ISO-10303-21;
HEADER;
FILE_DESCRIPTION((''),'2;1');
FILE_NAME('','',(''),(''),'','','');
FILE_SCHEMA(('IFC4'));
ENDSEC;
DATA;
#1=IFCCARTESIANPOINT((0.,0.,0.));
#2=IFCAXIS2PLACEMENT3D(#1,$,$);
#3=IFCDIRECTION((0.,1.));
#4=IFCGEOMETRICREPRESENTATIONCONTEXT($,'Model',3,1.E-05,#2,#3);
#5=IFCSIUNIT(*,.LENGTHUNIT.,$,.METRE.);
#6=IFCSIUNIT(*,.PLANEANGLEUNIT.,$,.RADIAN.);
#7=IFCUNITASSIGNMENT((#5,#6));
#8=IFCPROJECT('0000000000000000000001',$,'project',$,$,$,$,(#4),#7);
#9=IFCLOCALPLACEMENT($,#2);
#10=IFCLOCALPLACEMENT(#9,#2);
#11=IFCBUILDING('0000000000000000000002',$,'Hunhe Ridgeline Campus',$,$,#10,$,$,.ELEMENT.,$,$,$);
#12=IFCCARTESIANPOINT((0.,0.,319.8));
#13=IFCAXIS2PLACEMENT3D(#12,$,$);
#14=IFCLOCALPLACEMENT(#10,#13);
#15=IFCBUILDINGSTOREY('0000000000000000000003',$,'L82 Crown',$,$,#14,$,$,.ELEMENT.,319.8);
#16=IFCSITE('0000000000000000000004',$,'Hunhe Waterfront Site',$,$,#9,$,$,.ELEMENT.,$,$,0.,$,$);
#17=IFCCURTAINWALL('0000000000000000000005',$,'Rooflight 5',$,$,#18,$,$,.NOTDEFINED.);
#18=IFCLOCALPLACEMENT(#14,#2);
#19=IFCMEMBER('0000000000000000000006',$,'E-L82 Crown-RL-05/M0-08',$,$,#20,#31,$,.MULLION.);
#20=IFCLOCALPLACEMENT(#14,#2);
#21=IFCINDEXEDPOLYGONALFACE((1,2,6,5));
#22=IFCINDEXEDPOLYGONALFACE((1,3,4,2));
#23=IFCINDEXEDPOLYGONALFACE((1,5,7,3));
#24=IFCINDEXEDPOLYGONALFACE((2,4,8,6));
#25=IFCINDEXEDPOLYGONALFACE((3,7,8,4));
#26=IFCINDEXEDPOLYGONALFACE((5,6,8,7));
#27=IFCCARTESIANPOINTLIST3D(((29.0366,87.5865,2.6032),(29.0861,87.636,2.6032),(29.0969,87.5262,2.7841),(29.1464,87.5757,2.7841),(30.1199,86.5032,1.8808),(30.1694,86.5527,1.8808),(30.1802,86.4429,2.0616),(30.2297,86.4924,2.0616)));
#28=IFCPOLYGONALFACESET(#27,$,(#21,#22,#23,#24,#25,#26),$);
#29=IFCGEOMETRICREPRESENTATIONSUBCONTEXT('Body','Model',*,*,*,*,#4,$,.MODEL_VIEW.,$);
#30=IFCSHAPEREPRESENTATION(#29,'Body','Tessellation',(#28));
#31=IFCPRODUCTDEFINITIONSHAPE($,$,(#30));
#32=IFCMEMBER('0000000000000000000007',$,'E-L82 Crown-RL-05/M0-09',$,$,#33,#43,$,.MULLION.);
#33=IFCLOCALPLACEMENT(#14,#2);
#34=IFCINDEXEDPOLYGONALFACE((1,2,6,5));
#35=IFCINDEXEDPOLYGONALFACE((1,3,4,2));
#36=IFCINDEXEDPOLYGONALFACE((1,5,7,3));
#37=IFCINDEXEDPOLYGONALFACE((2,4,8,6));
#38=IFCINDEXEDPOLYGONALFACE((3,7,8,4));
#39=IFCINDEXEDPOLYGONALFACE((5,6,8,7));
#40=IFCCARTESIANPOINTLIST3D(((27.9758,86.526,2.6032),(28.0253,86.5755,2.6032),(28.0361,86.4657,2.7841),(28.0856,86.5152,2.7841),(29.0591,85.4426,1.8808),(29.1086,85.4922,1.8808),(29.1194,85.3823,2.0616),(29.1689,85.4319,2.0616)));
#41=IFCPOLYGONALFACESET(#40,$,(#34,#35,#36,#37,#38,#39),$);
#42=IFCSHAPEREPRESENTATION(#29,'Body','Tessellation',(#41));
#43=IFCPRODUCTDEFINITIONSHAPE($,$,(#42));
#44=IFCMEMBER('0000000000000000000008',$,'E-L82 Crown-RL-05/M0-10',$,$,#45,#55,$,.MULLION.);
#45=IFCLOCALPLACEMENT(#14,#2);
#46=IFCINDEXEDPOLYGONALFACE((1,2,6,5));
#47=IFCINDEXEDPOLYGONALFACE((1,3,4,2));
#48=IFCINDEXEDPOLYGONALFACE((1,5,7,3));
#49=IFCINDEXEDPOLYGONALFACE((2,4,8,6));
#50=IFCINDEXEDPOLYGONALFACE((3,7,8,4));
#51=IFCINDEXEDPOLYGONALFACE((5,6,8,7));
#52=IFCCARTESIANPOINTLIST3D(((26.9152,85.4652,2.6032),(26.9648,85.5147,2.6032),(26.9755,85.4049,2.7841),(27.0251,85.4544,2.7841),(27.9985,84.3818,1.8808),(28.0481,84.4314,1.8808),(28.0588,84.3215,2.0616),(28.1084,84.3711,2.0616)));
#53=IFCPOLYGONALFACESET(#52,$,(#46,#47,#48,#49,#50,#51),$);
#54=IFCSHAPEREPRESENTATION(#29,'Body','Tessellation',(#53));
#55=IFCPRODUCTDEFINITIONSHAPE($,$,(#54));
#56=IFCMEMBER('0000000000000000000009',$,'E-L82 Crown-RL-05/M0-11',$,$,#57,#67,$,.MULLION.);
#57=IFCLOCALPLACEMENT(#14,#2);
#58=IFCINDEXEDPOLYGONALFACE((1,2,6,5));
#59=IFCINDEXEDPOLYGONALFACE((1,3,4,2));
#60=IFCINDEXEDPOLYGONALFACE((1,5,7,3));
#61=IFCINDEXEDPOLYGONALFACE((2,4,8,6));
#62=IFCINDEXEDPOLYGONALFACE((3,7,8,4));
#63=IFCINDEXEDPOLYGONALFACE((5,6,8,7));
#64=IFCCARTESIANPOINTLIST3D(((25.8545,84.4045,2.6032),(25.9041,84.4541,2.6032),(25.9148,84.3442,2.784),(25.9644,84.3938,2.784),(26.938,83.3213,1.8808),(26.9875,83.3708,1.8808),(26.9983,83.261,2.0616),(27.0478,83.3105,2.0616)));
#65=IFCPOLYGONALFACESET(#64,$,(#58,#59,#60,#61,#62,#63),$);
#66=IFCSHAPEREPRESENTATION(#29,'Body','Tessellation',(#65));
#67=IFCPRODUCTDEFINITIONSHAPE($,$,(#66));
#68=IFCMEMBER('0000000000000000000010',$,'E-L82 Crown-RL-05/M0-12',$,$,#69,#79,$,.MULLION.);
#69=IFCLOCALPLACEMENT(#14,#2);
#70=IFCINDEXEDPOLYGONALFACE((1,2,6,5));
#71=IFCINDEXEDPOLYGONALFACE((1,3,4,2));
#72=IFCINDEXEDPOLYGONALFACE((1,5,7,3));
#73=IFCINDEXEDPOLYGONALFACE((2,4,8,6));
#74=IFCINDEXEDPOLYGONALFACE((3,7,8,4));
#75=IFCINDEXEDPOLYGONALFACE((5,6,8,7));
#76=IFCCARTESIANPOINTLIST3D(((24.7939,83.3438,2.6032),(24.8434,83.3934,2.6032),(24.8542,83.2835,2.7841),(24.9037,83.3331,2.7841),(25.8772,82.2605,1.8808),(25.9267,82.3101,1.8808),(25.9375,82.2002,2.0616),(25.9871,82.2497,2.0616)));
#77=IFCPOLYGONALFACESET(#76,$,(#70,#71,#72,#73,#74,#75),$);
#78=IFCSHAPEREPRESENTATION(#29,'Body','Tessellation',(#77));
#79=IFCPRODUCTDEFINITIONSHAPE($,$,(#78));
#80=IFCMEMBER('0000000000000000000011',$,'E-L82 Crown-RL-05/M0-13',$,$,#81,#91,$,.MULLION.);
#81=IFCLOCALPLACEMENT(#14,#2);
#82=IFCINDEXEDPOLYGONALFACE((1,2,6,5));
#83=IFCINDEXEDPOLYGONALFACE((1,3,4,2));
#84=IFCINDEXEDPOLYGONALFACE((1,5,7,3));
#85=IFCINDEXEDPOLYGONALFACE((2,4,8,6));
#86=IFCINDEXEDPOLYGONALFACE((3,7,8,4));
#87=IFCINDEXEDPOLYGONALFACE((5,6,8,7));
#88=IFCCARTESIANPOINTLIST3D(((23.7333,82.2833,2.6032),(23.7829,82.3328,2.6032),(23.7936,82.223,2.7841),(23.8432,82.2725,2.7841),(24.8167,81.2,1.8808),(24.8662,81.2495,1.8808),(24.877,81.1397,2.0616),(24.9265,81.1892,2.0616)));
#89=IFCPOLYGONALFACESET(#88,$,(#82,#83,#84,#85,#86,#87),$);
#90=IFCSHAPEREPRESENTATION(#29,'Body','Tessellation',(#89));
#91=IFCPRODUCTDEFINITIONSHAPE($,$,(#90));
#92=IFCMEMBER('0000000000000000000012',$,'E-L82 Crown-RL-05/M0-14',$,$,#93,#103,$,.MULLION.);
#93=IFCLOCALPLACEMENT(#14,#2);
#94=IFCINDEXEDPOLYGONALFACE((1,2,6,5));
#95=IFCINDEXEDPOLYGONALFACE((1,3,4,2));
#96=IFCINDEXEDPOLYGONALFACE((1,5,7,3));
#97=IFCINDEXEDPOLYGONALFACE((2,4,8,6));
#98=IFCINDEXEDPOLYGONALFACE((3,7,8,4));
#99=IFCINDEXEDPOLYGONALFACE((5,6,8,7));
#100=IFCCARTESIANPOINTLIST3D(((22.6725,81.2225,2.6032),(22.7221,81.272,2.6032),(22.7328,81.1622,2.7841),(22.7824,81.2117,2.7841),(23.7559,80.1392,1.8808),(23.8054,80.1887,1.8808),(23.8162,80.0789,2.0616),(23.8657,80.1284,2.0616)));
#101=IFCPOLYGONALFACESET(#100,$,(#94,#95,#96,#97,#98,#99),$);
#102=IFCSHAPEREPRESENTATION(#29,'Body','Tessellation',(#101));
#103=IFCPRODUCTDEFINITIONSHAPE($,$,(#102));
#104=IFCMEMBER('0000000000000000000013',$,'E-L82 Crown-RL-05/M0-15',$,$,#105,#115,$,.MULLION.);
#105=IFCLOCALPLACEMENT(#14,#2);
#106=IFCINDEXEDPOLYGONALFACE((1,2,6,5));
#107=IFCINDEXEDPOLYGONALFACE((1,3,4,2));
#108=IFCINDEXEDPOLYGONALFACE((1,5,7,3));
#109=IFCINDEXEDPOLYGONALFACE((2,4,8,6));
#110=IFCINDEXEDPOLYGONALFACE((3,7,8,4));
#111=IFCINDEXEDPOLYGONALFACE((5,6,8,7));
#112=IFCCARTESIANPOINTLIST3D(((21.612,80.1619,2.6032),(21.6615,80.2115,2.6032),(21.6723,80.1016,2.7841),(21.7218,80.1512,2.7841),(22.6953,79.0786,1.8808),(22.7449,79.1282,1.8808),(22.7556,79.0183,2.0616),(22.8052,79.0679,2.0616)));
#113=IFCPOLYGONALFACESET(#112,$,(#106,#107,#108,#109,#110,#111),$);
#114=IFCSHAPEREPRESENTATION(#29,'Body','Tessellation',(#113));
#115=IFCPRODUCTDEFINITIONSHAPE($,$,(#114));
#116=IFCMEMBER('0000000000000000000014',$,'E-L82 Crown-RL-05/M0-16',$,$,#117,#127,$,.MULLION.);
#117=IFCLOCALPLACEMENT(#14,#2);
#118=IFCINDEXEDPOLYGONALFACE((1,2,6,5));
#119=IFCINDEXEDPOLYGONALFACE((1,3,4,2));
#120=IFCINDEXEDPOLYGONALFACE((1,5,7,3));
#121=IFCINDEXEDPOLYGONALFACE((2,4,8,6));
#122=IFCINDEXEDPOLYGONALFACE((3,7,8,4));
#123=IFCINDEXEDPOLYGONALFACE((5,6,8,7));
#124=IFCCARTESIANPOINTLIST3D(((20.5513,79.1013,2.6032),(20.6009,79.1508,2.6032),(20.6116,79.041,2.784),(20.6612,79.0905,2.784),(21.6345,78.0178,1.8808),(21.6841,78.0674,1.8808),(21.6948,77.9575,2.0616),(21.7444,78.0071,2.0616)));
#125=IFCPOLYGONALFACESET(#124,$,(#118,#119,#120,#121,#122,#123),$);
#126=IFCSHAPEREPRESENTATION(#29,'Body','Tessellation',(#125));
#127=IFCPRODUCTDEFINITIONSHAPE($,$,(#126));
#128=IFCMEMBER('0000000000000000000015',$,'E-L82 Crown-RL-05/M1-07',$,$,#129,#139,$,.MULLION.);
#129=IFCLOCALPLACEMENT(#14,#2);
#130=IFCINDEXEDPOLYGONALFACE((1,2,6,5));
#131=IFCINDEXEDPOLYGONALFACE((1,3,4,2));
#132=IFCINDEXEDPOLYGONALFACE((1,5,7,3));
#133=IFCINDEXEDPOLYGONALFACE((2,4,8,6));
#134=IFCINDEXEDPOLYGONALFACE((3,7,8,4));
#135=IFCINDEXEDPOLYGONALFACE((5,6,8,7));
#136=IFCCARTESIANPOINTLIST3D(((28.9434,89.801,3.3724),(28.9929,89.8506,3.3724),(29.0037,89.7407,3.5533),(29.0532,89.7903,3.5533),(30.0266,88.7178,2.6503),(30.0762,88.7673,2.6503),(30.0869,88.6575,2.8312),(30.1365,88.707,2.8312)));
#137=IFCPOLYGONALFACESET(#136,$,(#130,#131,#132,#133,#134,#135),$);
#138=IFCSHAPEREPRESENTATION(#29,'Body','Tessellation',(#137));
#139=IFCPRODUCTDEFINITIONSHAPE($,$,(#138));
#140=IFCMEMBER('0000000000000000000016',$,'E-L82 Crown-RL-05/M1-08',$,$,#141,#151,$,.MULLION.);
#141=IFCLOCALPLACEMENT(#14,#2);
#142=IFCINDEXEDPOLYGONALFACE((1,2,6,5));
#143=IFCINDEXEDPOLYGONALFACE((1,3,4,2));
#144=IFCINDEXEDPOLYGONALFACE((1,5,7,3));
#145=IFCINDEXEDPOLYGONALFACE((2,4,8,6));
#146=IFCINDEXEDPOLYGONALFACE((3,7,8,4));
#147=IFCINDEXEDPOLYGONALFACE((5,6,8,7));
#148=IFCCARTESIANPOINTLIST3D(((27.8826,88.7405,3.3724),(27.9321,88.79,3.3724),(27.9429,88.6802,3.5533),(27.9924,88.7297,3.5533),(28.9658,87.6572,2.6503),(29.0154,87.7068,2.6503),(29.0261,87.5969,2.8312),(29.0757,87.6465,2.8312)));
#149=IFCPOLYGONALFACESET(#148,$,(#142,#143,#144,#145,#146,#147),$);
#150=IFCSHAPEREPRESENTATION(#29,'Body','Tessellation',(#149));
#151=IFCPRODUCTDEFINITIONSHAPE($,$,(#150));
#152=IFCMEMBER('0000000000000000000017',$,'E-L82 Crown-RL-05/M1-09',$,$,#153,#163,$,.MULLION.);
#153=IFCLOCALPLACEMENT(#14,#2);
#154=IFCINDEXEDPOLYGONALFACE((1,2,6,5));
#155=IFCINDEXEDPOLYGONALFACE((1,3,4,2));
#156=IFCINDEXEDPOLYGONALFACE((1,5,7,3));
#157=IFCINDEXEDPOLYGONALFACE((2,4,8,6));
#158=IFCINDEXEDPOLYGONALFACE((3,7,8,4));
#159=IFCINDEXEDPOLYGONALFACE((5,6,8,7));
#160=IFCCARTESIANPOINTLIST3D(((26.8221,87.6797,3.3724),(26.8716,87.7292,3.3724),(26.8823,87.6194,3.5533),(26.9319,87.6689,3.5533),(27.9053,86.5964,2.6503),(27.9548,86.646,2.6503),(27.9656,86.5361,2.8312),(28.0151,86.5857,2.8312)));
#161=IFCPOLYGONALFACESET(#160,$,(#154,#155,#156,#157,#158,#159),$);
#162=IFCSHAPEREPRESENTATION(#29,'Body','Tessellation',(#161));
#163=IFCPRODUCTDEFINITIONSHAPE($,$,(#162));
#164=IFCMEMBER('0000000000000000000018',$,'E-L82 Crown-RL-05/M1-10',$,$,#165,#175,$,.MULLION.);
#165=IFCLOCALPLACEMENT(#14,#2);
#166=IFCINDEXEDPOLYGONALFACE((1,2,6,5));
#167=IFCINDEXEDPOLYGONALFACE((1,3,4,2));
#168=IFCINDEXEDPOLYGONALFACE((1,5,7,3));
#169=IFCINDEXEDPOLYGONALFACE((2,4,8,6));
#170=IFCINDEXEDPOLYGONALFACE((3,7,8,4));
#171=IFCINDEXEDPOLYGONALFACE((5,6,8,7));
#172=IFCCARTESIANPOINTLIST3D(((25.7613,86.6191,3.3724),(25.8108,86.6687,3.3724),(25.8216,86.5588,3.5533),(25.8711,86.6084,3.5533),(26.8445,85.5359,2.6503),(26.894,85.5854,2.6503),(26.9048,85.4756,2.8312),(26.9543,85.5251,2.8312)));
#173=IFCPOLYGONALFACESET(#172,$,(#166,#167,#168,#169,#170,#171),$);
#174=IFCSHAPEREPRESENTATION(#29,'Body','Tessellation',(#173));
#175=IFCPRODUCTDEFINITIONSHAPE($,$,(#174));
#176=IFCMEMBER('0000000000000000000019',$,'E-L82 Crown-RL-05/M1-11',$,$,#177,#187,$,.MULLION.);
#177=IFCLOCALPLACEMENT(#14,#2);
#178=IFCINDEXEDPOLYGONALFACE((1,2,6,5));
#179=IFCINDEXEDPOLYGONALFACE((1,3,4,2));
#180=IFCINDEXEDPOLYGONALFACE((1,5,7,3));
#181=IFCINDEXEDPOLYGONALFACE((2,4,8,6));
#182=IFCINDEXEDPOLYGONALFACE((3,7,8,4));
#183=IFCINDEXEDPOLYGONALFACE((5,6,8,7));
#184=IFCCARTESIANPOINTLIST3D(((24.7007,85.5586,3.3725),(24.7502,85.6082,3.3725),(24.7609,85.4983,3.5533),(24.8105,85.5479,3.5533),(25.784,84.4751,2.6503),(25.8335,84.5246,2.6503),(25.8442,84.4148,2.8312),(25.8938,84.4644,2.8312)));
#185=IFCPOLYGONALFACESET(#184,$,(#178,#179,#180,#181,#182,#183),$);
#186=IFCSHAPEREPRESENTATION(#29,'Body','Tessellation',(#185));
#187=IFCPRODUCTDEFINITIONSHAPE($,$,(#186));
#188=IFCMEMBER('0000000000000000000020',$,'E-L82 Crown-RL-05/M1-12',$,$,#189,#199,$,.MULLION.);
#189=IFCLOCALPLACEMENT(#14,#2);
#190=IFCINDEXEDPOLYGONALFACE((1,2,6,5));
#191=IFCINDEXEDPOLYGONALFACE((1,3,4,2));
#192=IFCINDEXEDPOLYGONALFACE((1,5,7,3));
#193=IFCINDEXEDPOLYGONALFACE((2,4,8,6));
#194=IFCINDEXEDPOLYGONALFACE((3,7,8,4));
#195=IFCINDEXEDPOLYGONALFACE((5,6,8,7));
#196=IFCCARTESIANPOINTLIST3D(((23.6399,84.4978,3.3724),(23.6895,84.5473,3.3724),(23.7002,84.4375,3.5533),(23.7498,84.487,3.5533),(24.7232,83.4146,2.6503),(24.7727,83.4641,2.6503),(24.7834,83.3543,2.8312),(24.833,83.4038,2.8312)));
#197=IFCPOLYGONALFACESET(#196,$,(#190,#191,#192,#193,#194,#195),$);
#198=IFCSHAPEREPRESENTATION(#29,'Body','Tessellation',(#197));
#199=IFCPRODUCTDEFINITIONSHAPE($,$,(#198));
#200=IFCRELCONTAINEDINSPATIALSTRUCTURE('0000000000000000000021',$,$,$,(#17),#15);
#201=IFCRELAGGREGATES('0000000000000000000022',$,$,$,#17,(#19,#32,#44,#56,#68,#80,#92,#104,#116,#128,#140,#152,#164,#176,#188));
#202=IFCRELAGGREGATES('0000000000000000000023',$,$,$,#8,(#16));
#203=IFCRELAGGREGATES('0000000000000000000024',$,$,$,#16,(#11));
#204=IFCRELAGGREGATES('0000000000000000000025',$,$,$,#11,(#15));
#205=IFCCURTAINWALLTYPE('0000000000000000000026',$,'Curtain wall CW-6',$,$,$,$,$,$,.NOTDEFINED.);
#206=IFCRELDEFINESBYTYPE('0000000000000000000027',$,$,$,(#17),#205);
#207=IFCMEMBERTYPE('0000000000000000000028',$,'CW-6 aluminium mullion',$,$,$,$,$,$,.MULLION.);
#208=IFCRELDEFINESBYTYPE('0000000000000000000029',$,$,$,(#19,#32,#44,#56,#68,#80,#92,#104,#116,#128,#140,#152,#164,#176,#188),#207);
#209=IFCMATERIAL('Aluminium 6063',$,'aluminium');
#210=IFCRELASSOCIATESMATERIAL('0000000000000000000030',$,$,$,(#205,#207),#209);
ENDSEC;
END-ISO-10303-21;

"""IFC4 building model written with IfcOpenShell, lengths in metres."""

from ifc_helpers import new_model, si_unit, direction, frame, origin, origin_2d, place, context, subcontext, project, spatial, rectangle, extrude, material, material_profile, profile_set, type_object, element, aggregate, save


model = new_model("IFC4")

# Units and contexts
model_context = context("Model", 3, precision=1e-05, world=origin(), true_north=direction((0.0, 1.0)))
body_context = subcontext(model_context, "Body", "Model", "MODEL_VIEW")
ifc_project = project(units=[si_unit("LENGTHUNIT", "METRE"), si_unit("PLANEANGLEUNIT", "RADIAN")], contexts=[model_context])

# Site, building, storey
site_placement = place(None, origin())
site = spatial("IfcSite", under=ifc_project, at=site_placement, Name="Hunhe Waterfront Site", CompositionType="ELEMENT", RefElevation=0.0)
building_placement = place(site_placement, origin())
building = spatial("IfcBuilding", under=site, at=building_placement, Name="Hunhe Ridgeline Campus", CompositionType="ELEMENT")
storey_placement = place(building_placement, frame((0.0, 0.0, 319.8)))
storey = spatial("IfcBuildingStorey", under=building, at=storey_placement, Name="L82 Crown", CompositionType="ELEMENT", Elevation=319.8)

# Curtain wall, members
ifc_material_1 = material(Name="Aluminium 6063", Category="aluminium")
curtain_wall_type = type_object("IfcCurtainWallType", Name="Curtain wall CW-6", PredefinedType="NOTDEFINED", material=ifc_material_1)
curtain_wall_placement = place(storey_placement, origin())
curtain_wall = element("IfcCurtainWall", 1, at=curtain_wall_placement, inside=storey, type_object=curtain_wall_type, Name="Rooflight 5", PredefinedType="NOTDEFINED")
ifc_material_profile = material_profile(ifc_material_1, rectangle(XDim=0.0701, YDim=0.2, at=origin_2d()))
ifc_profile_set = profile_set([ifc_material_profile], Name="Aluminium 6063")
member_type = type_object("IfcMemberType", Name="CW-6 aluminium mullion", PredefinedType="MULLION", material=ifc_profile_set)
member_1_placement = place(storey_placement, frame((30.1748, 86.4978, 1.9712), z_axis=(-0.639563, 0.639563, 0.426519), x_axis=(-0.707107, -0.707107, 0.0)))
member_1 = element("IfcMember", 2, at=member_1_placement, type_object=member_type, Name="E-L82 Crown-RL-05/M0-08", PredefinedType="MULLION", context=body_context, shape_type="SweptSolid", body=[
    extrude(rectangle(XDim=0.0701, YDim=0.2, at=origin_2d()), origin(), (0.0, 0.0, 1.0), 1.6938),
])
member_2_placement = place(storey_placement, frame((29.114, 85.4373, 1.9712), z_axis=(-0.639563, 0.639563, 0.426519), x_axis=(-0.707107, -0.707107, 0.0)))
member_2 = element("IfcMember", 3, at=member_2_placement, type_object=member_type, Name="E-L82 Crown-RL-05/M0-09", PredefinedType="MULLION", context=body_context, shape_type="SweptSolid", body=[
    extrude(rectangle(XDim=0.0701, YDim=0.2, at=origin_2d()), origin(), (0.0, 0.0, 1.0), 1.6938),
])
member_3_placement = place(storey_placement, frame((28.0535, 84.3765, 1.9712), z_axis=(-0.639563, 0.639563, 0.426519), x_axis=(-0.707107, -0.707107, 0.0)))
member_3 = element("IfcMember", 4, at=member_3_placement, type_object=member_type, Name="E-L82 Crown-RL-05/M0-10", PredefinedType="MULLION", context=body_context, shape_type="SweptSolid", body=[
    extrude(rectangle(XDim=0.0701, YDim=0.2, at=origin_2d()), origin(), (0.0, 0.0, 1.0), 1.6938),
])
member_4_placement = place(storey_placement, frame((26.9929, 83.3159, 1.9712), z_axis=(-0.639648, 0.639504, 0.42648), x_axis=(-0.707027, -0.707186, 0.0)))
member_4 = element("IfcMember", 5, at=member_4_placement, type_object=member_type, Name="E-L82 Crown-RL-05/M0-11", PredefinedType="MULLION", context=body_context, shape_type="SweptSolid", body=[
    extrude(rectangle(XDim=0.0701, YDim=0.2, at=origin_2d()), origin(), (0.0, 0.0, 1.0), 1.6938),
])
member_5_placement = place(storey_placement, frame((25.9321, 82.2551, 1.9712), z_axis=(-0.639563, 0.639563, 0.426519), x_axis=(-0.707107, -0.707107, 0.0)))
member_5 = element("IfcMember", 6, at=member_5_placement, type_object=member_type, Name="E-L82 Crown-RL-05/M0-12", PredefinedType="MULLION", context=body_context, shape_type="SweptSolid", body=[
    extrude(rectangle(XDim=0.0701, YDim=0.2, at=origin_2d()), origin(), (0.0, 0.0, 1.0), 1.6938),
])
member_6_placement = place(storey_placement, frame((24.8716, 81.1946, 1.9712), z_axis=(-0.639563, 0.639563, 0.426519), x_axis=(-0.707107, -0.707107, 0.0)))
member_6 = element("IfcMember", 7, at=member_6_placement, type_object=member_type, Name="E-L82 Crown-RL-05/M0-13", PredefinedType="MULLION", context=body_context, shape_type="SweptSolid", body=[
    extrude(rectangle(XDim=0.0701, YDim=0.2, at=origin_2d()), origin(), (0.0, 0.0, 1.0), 1.6938),
])
member_7_placement = place(storey_placement, frame((23.8108, 80.1338, 1.9712), z_axis=(-0.639563, 0.639563, 0.426519), x_axis=(-0.707107, -0.707107, 0.0)))
member_7 = element("IfcMember", 8, at=member_7_placement, type_object=member_type, Name="E-L82 Crown-RL-05/M0-14", PredefinedType="MULLION", context=body_context, shape_type="SweptSolid", body=[
    extrude(rectangle(XDim=0.0701, YDim=0.2, at=origin_2d()), origin(), (0.0, 0.0, 1.0), 1.6938),
])
member_8_placement = place(storey_placement, frame((22.7502, 79.0732, 1.9712), z_axis=(-0.639563, 0.639563, 0.426519), x_axis=(-0.707107, -0.707107, 0.0)))
member_8 = element("IfcMember", 9, at=member_8_placement, type_object=member_type, Name="E-L82 Crown-RL-05/M0-15", PredefinedType="MULLION", context=body_context, shape_type="SweptSolid", body=[
    extrude(rectangle(XDim=0.0701, YDim=0.2, at=origin_2d()), origin(), (0.0, 0.0, 1.0), 1.6938),
])
member_9_placement = place(storey_placement, frame((21.6895, 78.0125, 1.9712), z_axis=(-0.639504, 0.639648, 0.42648), x_axis=(-0.707186, -0.707027, 0.0)))
member_9 = element("IfcMember", 10, at=member_9_placement, type_object=member_type, Name="E-L82 Crown-RL-05/M0-16", PredefinedType="MULLION", context=body_context, shape_type="SweptSolid", body=[
    extrude(rectangle(XDim=0.0701, YDim=0.2, at=origin_2d()), origin(), (0.0, 0.0, 1.0), 1.6938),
])
member_10_placement = place(storey_placement, frame((30.0815, 88.7124, 2.7407), z_axis=(-0.639602, 0.639602, 0.426401), x_axis=(-0.707107, -0.707107, 0.0)))
member_10 = element("IfcMember", 11, at=member_10_placement, type_object=member_type, Name="E-L82 Crown-RL-05/M1-07", PredefinedType="MULLION", context=body_context, shape_type="SweptSolid", body=[
    extrude(rectangle(XDim=0.0701, YDim=0.2, at=origin_2d()), origin(), (0.0, 0.0, 1.0), 1.6936),
])
member_11_placement = place(storey_placement, frame((29.0208, 87.6519, 2.7407), z_axis=(-0.639602, 0.639602, 0.426401), x_axis=(-0.707107, -0.707107, 0.0)))
member_11 = element("IfcMember", 12, at=member_11_placement, type_object=member_type, Name="E-L82 Crown-RL-05/M1-08", PredefinedType="MULLION", context=body_context, shape_type="SweptSolid", body=[
    extrude(rectangle(XDim=0.0701, YDim=0.2, at=origin_2d()), origin(), (0.0, 0.0, 1.0), 1.6936),
])
member_12_placement = place(storey_placement, frame((27.9602, 86.5911, 2.7407), z_axis=(-0.639602, 0.639602, 0.426401), x_axis=(-0.707107, -0.707107, 0.0)))
member_12 = element("IfcMember", 13, at=member_12_placement, type_object=member_type, Name="E-L82 Crown-RL-05/M1-09", PredefinedType="MULLION", context=body_context, shape_type="SweptSolid", body=[
    extrude(rectangle(XDim=0.0701, YDim=0.2, at=origin_2d()), origin(), (0.0, 0.0, 1.0), 1.6936),
])
member_13_placement = place(storey_placement, frame((26.8994, 85.5305, 2.7407), z_axis=(-0.639602, 0.639602, 0.426401), x_axis=(-0.707107, -0.707107, 0.0)))
member_13 = element("IfcMember", 14, at=member_13_placement, type_object=member_type, Name="E-L82 Crown-RL-05/M1-10", PredefinedType="MULLION", context=body_context, shape_type="SweptSolid", body=[
    extrude(rectangle(XDim=0.0701, YDim=0.2, at=origin_2d()), origin(), (0.0, 0.0, 1.0), 1.6936),
])
member_14_placement = place(storey_placement, frame((25.8389, 84.4697, 2.7407), z_axis=(-0.639543, 0.639687, 0.426362), x_axis=(-0.707186, -0.707027, 0.0)))
member_14 = element("IfcMember", 15, at=member_14_placement, type_object=member_type, Name="E-L82 Crown-RL-05/M1-11", PredefinedType="MULLION", context=body_context, shape_type="SweptSolid", body=[
    extrude(rectangle(XDim=0.0701, YDim=0.2, at=origin_2d()), origin(), (0.0, 0.0, 1.0), 1.6938),
])
member_15_placement = place(storey_placement, frame((24.7781, 83.4092, 2.7407), z_axis=(-0.639602, 0.639602, 0.426401), x_axis=(-0.707107, -0.707107, 0.0)))
member_15 = element("IfcMember", 16, at=member_15_placement, type_object=member_type, Name="E-L82 Crown-RL-05/M1-12", PredefinedType="MULLION", context=body_context, shape_type="SweptSolid", body=[
    extrude(rectangle(XDim=0.0701, YDim=0.2, at=origin_2d()), origin(), (0.0, 0.0, 1.0), 1.6936),
])
aggregate(curtain_wall, [member_1, member_2, member_3, member_4, member_5, member_6, member_7, member_8, member_9, member_10, member_11, member_12, member_13, member_14, member_15])

save(model, "model.ifc")
